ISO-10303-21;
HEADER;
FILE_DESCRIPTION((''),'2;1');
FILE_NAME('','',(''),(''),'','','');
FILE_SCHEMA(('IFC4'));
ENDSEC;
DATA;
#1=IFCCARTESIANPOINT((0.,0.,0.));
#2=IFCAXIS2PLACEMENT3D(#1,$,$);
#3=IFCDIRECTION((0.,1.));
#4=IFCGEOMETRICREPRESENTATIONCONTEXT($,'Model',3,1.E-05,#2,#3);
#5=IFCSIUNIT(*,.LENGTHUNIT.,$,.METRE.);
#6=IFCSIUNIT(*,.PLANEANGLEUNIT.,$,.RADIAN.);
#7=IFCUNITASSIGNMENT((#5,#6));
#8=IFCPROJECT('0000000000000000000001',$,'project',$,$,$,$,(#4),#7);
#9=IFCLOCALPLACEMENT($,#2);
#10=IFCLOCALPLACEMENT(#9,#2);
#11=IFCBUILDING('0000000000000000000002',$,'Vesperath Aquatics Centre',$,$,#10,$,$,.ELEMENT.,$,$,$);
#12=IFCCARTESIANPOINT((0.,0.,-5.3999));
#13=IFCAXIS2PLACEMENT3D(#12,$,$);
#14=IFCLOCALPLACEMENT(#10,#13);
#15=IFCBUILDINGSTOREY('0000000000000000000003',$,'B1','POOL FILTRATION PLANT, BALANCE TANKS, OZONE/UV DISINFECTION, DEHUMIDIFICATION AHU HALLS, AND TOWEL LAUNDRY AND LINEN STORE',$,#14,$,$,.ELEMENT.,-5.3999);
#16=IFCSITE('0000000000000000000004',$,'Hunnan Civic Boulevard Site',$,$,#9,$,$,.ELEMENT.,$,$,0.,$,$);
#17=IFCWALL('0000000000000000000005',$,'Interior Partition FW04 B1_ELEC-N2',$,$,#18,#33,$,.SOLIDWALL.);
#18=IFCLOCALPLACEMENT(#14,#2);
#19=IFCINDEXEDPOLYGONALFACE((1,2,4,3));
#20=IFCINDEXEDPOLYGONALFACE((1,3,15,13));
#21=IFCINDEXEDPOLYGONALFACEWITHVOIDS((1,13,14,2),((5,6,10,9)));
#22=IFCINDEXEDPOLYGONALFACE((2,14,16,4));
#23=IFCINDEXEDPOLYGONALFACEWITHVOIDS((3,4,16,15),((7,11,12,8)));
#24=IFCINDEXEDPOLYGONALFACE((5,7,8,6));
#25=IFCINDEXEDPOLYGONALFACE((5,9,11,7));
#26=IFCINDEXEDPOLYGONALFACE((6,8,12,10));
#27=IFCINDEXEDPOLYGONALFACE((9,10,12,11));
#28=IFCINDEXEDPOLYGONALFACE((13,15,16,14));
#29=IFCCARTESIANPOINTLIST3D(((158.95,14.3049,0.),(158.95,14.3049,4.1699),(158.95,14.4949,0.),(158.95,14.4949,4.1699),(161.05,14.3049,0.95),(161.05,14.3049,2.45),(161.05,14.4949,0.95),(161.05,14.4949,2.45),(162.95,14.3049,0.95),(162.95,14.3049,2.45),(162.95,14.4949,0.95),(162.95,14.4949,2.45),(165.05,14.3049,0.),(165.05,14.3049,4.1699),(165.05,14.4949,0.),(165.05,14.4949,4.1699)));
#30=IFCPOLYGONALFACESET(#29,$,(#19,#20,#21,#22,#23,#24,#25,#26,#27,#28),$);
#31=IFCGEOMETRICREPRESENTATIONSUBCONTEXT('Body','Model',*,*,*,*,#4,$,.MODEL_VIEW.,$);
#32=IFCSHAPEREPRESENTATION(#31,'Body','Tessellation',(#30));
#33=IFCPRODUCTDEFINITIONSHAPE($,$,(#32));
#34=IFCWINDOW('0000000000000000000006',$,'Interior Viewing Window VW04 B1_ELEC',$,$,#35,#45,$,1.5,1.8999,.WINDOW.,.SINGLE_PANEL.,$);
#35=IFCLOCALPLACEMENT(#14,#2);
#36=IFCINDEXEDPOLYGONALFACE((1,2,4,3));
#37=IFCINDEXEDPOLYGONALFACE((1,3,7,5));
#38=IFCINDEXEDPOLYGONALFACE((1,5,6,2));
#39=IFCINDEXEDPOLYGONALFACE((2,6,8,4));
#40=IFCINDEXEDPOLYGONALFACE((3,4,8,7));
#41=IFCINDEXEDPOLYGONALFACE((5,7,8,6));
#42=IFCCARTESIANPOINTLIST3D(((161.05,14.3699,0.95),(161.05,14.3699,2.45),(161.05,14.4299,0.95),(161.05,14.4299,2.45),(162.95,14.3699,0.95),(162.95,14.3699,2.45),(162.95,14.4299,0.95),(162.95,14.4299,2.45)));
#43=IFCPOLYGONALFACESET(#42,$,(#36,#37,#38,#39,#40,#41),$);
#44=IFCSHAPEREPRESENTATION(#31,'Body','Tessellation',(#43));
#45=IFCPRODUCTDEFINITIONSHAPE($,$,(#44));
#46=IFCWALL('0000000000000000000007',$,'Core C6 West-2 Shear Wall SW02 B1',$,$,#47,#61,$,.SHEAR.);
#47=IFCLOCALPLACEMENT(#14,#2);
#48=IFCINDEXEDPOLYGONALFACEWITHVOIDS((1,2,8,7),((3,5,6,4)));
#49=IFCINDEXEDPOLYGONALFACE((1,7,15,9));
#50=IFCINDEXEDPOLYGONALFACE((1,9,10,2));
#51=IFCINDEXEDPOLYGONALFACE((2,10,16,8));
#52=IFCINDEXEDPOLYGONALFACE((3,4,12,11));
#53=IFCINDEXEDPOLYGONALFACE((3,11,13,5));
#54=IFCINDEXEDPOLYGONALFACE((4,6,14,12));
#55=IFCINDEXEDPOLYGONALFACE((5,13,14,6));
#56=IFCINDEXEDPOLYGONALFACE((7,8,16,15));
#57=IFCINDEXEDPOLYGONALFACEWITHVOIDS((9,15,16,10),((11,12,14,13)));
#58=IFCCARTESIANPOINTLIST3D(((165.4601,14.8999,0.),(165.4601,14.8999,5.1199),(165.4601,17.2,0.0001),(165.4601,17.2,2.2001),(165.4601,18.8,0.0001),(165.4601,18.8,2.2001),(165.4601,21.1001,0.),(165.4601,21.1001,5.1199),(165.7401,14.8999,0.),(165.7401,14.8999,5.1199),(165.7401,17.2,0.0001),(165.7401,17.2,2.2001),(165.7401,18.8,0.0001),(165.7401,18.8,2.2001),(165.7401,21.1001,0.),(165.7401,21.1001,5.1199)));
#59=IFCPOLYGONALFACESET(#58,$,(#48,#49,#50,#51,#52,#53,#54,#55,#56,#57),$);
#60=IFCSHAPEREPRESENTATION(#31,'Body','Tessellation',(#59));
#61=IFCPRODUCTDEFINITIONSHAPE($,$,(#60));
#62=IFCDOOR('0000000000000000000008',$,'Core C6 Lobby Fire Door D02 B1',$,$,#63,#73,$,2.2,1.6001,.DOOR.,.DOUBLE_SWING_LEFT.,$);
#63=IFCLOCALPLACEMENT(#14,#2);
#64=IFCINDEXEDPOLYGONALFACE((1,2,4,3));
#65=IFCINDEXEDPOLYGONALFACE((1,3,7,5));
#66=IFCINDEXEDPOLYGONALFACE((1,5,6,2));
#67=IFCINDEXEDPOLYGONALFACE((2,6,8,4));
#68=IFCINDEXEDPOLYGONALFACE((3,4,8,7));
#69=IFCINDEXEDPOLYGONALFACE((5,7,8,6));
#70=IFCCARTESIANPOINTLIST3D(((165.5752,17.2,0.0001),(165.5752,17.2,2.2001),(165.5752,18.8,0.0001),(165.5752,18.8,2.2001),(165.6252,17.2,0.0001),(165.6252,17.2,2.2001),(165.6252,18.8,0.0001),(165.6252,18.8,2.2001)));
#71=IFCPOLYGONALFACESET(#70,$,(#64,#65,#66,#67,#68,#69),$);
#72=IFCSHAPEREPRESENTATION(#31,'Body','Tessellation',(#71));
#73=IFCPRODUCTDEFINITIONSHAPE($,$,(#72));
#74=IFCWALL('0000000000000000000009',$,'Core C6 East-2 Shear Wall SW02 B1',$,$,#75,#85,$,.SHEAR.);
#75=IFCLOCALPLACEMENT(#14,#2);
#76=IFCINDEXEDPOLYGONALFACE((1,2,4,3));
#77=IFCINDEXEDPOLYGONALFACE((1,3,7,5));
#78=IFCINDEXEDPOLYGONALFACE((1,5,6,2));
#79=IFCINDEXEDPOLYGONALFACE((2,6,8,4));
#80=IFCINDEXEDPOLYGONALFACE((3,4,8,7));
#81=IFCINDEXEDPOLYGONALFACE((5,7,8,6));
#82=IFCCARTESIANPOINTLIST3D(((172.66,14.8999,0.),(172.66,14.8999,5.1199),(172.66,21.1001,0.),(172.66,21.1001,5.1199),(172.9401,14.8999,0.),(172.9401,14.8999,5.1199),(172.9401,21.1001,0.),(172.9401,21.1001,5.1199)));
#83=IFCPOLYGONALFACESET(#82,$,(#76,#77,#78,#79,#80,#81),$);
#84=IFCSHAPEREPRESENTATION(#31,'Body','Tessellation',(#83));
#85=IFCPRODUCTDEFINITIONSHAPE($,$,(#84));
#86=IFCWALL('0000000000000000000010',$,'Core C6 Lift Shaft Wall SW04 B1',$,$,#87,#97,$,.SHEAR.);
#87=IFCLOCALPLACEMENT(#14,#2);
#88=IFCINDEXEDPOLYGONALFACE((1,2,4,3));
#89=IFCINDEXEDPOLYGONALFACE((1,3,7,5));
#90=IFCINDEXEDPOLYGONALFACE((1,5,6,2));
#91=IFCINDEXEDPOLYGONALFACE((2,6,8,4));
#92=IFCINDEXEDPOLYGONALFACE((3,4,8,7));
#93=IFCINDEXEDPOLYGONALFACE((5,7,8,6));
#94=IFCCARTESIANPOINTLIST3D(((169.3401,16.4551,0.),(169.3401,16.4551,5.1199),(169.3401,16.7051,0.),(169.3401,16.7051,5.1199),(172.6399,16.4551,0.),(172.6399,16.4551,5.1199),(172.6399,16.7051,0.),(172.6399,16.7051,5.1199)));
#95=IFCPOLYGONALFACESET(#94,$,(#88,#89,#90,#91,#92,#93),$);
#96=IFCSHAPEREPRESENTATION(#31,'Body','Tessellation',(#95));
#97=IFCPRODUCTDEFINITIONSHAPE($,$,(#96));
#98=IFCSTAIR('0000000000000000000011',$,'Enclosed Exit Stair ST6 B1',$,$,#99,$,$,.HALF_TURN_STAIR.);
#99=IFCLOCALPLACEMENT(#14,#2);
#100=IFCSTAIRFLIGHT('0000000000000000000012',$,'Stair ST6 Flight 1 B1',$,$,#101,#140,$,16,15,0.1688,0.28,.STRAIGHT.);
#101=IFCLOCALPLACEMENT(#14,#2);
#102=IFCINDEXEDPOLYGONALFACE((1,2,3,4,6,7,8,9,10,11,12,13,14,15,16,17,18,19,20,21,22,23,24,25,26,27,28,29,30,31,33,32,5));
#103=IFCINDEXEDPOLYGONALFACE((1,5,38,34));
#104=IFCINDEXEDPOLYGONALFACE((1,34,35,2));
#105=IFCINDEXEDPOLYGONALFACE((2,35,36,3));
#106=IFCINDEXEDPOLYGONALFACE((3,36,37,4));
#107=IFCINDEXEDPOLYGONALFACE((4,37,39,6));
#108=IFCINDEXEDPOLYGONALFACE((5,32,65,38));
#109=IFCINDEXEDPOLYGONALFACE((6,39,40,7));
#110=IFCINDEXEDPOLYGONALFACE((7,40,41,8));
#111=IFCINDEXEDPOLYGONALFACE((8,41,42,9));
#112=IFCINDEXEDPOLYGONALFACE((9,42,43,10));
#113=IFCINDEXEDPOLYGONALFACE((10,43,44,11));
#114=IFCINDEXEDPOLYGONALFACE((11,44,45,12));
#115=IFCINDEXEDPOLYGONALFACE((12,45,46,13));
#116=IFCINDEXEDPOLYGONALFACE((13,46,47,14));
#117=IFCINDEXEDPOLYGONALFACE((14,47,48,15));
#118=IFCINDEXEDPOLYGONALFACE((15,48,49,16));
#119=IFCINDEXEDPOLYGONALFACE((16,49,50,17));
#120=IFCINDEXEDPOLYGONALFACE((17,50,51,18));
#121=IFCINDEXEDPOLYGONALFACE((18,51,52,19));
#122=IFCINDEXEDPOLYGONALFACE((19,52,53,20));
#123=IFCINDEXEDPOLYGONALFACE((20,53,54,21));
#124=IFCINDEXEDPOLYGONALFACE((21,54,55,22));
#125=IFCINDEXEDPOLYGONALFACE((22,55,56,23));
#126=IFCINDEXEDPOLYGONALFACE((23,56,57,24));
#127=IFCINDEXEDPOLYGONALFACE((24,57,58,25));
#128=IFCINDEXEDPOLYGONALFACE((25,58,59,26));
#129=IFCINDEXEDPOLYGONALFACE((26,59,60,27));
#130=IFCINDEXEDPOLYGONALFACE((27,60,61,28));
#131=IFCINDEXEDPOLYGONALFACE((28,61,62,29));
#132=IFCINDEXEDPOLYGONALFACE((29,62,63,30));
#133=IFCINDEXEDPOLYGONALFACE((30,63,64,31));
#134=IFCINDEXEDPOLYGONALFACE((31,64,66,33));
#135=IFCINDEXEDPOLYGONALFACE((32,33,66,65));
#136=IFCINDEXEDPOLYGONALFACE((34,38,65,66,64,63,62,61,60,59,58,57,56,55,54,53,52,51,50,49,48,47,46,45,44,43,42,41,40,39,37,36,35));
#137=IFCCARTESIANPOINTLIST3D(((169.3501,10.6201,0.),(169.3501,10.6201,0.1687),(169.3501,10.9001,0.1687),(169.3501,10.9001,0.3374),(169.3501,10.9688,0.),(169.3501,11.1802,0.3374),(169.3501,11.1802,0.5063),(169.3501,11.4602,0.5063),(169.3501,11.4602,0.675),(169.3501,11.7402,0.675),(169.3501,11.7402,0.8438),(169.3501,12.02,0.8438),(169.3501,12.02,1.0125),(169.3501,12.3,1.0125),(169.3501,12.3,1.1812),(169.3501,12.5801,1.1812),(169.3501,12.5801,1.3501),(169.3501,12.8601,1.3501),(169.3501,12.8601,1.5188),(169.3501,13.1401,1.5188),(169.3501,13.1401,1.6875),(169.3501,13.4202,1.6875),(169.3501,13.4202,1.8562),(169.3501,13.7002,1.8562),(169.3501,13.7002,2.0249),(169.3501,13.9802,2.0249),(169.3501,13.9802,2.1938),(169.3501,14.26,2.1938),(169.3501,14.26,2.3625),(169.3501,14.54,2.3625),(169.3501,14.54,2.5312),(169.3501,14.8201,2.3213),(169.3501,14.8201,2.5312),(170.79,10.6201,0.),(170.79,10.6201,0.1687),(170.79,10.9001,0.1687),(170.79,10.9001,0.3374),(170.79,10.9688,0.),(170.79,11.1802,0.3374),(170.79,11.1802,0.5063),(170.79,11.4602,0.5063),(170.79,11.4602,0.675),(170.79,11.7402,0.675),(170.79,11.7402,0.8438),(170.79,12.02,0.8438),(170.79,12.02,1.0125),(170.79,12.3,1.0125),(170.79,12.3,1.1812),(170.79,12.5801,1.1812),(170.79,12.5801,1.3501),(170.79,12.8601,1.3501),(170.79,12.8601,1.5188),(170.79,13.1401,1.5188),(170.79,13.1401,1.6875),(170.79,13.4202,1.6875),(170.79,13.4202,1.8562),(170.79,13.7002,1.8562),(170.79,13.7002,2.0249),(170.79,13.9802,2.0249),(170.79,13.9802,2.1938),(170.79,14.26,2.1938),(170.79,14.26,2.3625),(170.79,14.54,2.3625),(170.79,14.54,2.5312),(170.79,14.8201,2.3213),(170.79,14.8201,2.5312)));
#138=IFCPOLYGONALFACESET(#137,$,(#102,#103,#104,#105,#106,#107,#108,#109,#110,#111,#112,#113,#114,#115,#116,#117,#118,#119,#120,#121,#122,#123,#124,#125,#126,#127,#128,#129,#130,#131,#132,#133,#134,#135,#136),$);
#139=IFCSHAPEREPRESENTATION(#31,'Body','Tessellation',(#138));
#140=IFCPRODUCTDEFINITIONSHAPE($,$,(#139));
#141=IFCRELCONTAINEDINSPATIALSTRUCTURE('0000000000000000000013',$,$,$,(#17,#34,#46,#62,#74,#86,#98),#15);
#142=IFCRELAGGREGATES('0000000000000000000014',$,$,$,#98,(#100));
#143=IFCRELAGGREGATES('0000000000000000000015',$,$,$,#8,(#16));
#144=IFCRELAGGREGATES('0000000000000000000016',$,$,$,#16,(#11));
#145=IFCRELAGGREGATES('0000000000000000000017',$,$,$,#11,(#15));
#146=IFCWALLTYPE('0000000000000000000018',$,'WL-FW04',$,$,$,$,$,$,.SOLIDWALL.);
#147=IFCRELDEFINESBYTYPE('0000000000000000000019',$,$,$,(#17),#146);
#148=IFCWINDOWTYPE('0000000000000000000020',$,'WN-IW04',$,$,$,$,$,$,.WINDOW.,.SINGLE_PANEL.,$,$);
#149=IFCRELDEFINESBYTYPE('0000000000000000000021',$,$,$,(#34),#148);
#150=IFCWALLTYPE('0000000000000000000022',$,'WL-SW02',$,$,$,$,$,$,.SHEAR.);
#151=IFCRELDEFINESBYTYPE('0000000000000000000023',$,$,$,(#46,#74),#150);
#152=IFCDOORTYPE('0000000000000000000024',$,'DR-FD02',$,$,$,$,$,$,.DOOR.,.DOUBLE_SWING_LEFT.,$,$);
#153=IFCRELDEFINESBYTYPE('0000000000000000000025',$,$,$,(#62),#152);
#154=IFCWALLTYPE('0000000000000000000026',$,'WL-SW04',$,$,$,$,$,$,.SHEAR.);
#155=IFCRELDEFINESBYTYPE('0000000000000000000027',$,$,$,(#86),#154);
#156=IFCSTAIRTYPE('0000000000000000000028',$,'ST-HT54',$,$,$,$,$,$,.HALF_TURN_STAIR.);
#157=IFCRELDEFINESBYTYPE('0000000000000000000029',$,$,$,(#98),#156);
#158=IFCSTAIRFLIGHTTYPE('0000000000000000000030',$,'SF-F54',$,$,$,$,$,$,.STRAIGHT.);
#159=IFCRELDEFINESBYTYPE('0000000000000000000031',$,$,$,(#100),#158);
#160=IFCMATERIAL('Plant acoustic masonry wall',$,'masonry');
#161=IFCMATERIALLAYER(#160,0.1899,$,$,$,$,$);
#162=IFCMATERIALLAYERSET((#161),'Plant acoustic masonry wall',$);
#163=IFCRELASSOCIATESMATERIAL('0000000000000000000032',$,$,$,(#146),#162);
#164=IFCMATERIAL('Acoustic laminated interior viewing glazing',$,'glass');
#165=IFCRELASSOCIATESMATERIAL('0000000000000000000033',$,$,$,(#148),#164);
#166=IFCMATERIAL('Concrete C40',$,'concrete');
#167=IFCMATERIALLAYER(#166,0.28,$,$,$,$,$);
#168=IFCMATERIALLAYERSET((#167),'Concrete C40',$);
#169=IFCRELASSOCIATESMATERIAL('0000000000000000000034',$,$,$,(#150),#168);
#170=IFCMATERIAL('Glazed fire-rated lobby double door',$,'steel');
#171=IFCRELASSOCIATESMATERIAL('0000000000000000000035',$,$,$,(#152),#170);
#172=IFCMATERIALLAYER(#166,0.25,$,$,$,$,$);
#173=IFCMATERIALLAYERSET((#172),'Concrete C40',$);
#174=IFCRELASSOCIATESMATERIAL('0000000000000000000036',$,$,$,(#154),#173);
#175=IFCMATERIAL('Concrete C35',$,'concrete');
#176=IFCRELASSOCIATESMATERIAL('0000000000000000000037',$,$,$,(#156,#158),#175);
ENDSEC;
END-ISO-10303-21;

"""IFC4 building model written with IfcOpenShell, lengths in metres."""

from ifc_helpers import new_model, si_unit, direction, frame, frame_2d, origin, place, context, subcontext, project, spatial, polyline, rectangle, outline, extrude, material, layer, layer_set, type_object, element, fill, aggregate, save


model = new_model("IFC4")

# Units and contexts
model_context = context("Model", 3, precision=1e-05, world=origin(), true_north=direction((0.0, 1.0)))
body_context = subcontext(model_context, "Body", "Model", "MODEL_VIEW")
ifc_project = project(units=[si_unit("LENGTHUNIT", "METRE"), si_unit("PLANEANGLEUNIT", "RADIAN")], contexts=[model_context])

# Site, building, storey
site_placement = place(None, origin())
site = spatial("IfcSite", under=ifc_project, at=site_placement, Name="Hunnan Civic Boulevard Site", CompositionType="ELEMENT", RefElevation=0.0)
building_placement = place(site_placement, origin())
building = spatial("IfcBuilding", under=site, at=building_placement, Name="Vesperath Aquatics Centre", CompositionType="ELEMENT")
storey_placement = place(building_placement, frame((0.0, 0.0, -5.3999)))
storey = spatial("IfcBuildingStorey", under=building, at=storey_placement, Name="B1", Description="POOL FILTRATION PLANT, BALANCE TANKS, OZONE/UV DISINFECTION, DEHUMIDIFICATION AHU HALLS, AND TOWEL LAUNDRY AND LINEN STORE", CompositionType="ELEMENT", Elevation=-5.3999)

# Shared definitions
ifc_material_1 = material(Name="Concrete C40", Category="concrete")

# Shared definitions
ifc_material_2 = material(Name="Concrete C35", Category="concrete")

# Wall, opening, window
ifc_material_3 = material(Name="Plant acoustic masonry wall", Category="masonry")
ifc_layer_1 = layer(ifc_material_3, 0.1899)
ifc_layer_set_1 = layer_set([ifc_layer_1], Name="Plant acoustic masonry wall")
wall_type_1 = type_object("IfcWallType", Name="WL-FW04", PredefinedType="SOLIDWALL", material=ifc_layer_set_1)
wall_1_placement = place(storey_placement, frame((158.95, 14.3999, 0.0), z_axis=(0.0, 0.0, 1.0), x_axis=(1.0, 0.0, 0.0)))
wall_1 = element("IfcWall", 1, at=wall_1_placement, inside=storey, type_object=wall_type_1, Name="Interior Partition FW04 B1_ELEC-N2", PredefinedType="SOLIDWALL", context=body_context, shape_type="SweptSolid", body=[
    extrude(rectangle(XDim=6.1001, YDim=0.1899, at=frame_2d((3.05, 0.0))), origin(), (0.0, 0.0, 1.0), 4.1699),
])
opening_1_placement = place(wall_1_placement, frame((2.1001, 0.0, 0.95)))
opening_1 = element("IfcOpeningElement", 2, at=opening_1_placement, cuts=wall_1, PredefinedType="OPENING", context=body_context, shape_type="SweptSolid", body=[
    extrude(rectangle(XDim=1.8999, YDim=1.5, at=frame_2d((0.95, 0.75))), frame((0.0, 0.1099, 0.0), z_axis=(0.0, -1.0, 0.0), x_axis=(1.0, 0.0, 0.0)), (0.0, 0.0, 1.0), 0.2197),
])
ifc_material_4 = material(Name="Acoustic laminated interior viewing glazing", Category="glass")
window_type = type_object("IfcWindowType", Name="WN-IW04", PartitioningType="SINGLE_PANEL", PredefinedType="WINDOW", material=ifc_material_4)
window_placement = place(opening_1_placement, origin())
window = element("IfcWindow", 3, at=window_placement, inside=storey, type_object=window_type, Name="Interior Viewing Window VW04 B1_ELEC", OverallHeight=1.5, OverallWidth=1.8999, PartitioningType="SINGLE_PANEL", PredefinedType="WINDOW", context=body_context, shape_type="SweptSolid", body=[
    extrude(rectangle(XDim=1.8999, YDim=1.5, at=frame_2d((0.95, 0.75))), frame((0.0, 0.03, 0.0), z_axis=(0.0, -1.0, 0.0), x_axis=(1.0, 0.0, 0.0)), (0.0, 0.0, 1.0), 0.0601),
])
fill(opening_1, window)

# Wall, opening, door
ifc_layer_2 = layer(ifc_material_1, 0.28)
ifc_layer_set_2 = layer_set([ifc_layer_2], Name="Concrete C40")
wall_type_2 = type_object("IfcWallType", Name="WL-SW02", PredefinedType="SHEAR", material=ifc_layer_set_2)
wall_2_placement = place(storey_placement, frame((165.6001, 14.8999, 0.0), z_axis=(0.0, 0.0, 1.0), x_axis=(0.0, 1.0, 0.0)))
wall_2 = element("IfcWall", 4, at=wall_2_placement, inside=storey, type_object=wall_type_2, Name="Core C6 West-2 Shear Wall SW02 B1", PredefinedType="SHEAR", context=body_context, shape_type="SweptSolid", body=[
    extrude(rectangle(XDim=6.2002, YDim=0.28, at=frame_2d((3.1001, 0.0))), origin(), (0.0, 0.0, 1.0), 5.1199),
])
opening_2_placement = place(wall_2_placement, frame((2.3, 0.0, 0.0)))
opening_2 = element("IfcOpeningElement", 5, at=opening_2_placement, cuts=wall_2, PredefinedType="OPENING", context=body_context, shape_type="SweptSolid", body=[
    extrude(rectangle(XDim=1.6001, YDim=2.2, at=frame_2d((0.8, 1.1001))), frame((0.0, 0.1548, 0.0), z_axis=(0.0, -1.0, 0.0), x_axis=(1.0, 0.0, 0.0)), (0.0, 0.0, 1.0), 0.3098),
])
ifc_material_5 = material(Name="Glazed fire-rated lobby double door", Category="steel")
door_type = type_object("IfcDoorType", Name="DR-FD02", OperationType="DOUBLE_SWING_LEFT", PredefinedType="DOOR", material=ifc_material_5)
door_placement = place(opening_2_placement, origin())
door = element("IfcDoor", 6, at=door_placement, inside=storey, type_object=door_type, Name="Core C6 Lobby Fire Door D02 B1", OperationType="DOUBLE_SWING_LEFT", OverallHeight=2.2, OverallWidth=1.6001, PredefinedType="DOOR", context=body_context, shape_type="SweptSolid", body=[
    extrude(rectangle(XDim=1.6001, YDim=2.2, at=frame_2d((0.8, 1.1001))), frame((0.0, 0.0249, 0.0), z_axis=(0.0, -1.0, 0.0), x_axis=(1.0, 0.0, 0.0)), (0.0, 0.0, 1.0), 0.05),
])
fill(opening_2, door)

# Walls
wall_3_placement = place(storey_placement, frame((172.8, 14.8999, 0.0), z_axis=(0.0, 0.0, 1.0), x_axis=(0.0, 1.0, 0.0)))
element("IfcWall", 7, at=wall_3_placement, inside=storey, type_object=wall_type_2, Name="Core C6 East-2 Shear Wall SW02 B1", PredefinedType="SHEAR", context=body_context, shape_type="SweptSolid", body=[
    extrude(rectangle(XDim=6.2002, YDim=0.28, at=frame_2d((3.1001, 0.0))), origin(), (0.0, 0.0, 1.0), 5.1199),
])
ifc_layer_3 = layer(ifc_material_1, 0.25)
ifc_layer_set_3 = layer_set([ifc_layer_3], Name="Concrete C40")
wall_type_3 = type_object("IfcWallType", Name="WL-SW04", PredefinedType="SHEAR", material=ifc_layer_set_3)
wall_4_placement = place(storey_placement, frame((169.3401, 16.5801, 0.0), z_axis=(0.0, 0.0, 1.0), x_axis=(1.0, 0.0, 0.0)))
element("IfcWall", 8, at=wall_4_placement, inside=storey, type_object=wall_type_3, Name="Core C6 Lift Shaft Wall SW04 B1", PredefinedType="SHEAR", context=body_context, shape_type="SweptSolid", body=[
    extrude(rectangle(XDim=3.2998, YDim=0.25, at=frame_2d((1.6499, 0.0))), origin(), (0.0, 0.0, 1.0), 5.1199),
])

# Stair, stair flight
stair_type = type_object("IfcStairType", Name="ST-HT54", PredefinedType="HALF_TURN_STAIR", material=ifc_material_2)
stair_placement = place(storey_placement, origin())
stair = element("IfcStair", 9, at=stair_placement, inside=storey, type_object=stair_type, Name="Enclosed Exit Stair ST6 B1", PredefinedType="HALF_TURN_STAIR")
stair_flight_type = type_object("IfcStairFlightType", Name="SF-F54", PredefinedType="STRAIGHT", material=ifc_material_2)
stair_flight_1_placement = place(storey_placement, frame((170.0701, 10.6201, 0.0), z_axis=(0.0, 0.0, 1.0), x_axis=(0.0, 1.0, 0.0)))
stair_flight_1 = element("IfcStairFlight", 10, at=stair_flight_1_placement, type_object=stair_flight_type, Name="Stair ST6 Flight 1 B1", NumberOfRisers=16, NumberOfTreads=15, PredefinedType="STRAIGHT", RiserHeight=0.1688, TreadLength=0.28, context=body_context, shape_type="SweptSolid", body=[
    extrude(outline(polyline([(0.0, 0.0), (0.0, 0.1687), (0.28, 0.1687), (0.28, 0.3374), (0.5601, 0.3374), (0.5601, 0.5063), (0.8401, 0.5063), (0.8401, 0.675), (1.1201, 0.675), (1.1201, 0.8438), (1.3999, 0.8438), (1.3999, 1.0125), (1.6799, 1.0125), (1.6799, 1.1812), (1.96, 1.1812), (1.96, 1.3501), (2.24, 1.3501), (2.24, 1.5188), (2.52, 1.5188), (2.52, 1.6875), (2.8, 1.6875), (2.8, 1.8562), (3.0801, 1.8562), (3.0801, 2.0249), (3.3601, 2.0249), (3.3601, 2.1938), (3.6399, 2.1938), (3.6399, 2.3625), (3.9199, 2.3625), (3.9199, 2.5312), (4.2, 2.5312), (4.2, 2.7), (4.2, 2.3213), (0.3486, 0.0), (0.0, 0.0)])), frame((0.0, 0.72, 0.0), z_axis=(0.0, -1.0, 0.0), x_axis=(1.0, 0.0, 0.0)), (0.0, 0.0, 1.0), 1.4399),
])
aggregate(stair, [stair_flight_1])

save(model, "model.ifc")
